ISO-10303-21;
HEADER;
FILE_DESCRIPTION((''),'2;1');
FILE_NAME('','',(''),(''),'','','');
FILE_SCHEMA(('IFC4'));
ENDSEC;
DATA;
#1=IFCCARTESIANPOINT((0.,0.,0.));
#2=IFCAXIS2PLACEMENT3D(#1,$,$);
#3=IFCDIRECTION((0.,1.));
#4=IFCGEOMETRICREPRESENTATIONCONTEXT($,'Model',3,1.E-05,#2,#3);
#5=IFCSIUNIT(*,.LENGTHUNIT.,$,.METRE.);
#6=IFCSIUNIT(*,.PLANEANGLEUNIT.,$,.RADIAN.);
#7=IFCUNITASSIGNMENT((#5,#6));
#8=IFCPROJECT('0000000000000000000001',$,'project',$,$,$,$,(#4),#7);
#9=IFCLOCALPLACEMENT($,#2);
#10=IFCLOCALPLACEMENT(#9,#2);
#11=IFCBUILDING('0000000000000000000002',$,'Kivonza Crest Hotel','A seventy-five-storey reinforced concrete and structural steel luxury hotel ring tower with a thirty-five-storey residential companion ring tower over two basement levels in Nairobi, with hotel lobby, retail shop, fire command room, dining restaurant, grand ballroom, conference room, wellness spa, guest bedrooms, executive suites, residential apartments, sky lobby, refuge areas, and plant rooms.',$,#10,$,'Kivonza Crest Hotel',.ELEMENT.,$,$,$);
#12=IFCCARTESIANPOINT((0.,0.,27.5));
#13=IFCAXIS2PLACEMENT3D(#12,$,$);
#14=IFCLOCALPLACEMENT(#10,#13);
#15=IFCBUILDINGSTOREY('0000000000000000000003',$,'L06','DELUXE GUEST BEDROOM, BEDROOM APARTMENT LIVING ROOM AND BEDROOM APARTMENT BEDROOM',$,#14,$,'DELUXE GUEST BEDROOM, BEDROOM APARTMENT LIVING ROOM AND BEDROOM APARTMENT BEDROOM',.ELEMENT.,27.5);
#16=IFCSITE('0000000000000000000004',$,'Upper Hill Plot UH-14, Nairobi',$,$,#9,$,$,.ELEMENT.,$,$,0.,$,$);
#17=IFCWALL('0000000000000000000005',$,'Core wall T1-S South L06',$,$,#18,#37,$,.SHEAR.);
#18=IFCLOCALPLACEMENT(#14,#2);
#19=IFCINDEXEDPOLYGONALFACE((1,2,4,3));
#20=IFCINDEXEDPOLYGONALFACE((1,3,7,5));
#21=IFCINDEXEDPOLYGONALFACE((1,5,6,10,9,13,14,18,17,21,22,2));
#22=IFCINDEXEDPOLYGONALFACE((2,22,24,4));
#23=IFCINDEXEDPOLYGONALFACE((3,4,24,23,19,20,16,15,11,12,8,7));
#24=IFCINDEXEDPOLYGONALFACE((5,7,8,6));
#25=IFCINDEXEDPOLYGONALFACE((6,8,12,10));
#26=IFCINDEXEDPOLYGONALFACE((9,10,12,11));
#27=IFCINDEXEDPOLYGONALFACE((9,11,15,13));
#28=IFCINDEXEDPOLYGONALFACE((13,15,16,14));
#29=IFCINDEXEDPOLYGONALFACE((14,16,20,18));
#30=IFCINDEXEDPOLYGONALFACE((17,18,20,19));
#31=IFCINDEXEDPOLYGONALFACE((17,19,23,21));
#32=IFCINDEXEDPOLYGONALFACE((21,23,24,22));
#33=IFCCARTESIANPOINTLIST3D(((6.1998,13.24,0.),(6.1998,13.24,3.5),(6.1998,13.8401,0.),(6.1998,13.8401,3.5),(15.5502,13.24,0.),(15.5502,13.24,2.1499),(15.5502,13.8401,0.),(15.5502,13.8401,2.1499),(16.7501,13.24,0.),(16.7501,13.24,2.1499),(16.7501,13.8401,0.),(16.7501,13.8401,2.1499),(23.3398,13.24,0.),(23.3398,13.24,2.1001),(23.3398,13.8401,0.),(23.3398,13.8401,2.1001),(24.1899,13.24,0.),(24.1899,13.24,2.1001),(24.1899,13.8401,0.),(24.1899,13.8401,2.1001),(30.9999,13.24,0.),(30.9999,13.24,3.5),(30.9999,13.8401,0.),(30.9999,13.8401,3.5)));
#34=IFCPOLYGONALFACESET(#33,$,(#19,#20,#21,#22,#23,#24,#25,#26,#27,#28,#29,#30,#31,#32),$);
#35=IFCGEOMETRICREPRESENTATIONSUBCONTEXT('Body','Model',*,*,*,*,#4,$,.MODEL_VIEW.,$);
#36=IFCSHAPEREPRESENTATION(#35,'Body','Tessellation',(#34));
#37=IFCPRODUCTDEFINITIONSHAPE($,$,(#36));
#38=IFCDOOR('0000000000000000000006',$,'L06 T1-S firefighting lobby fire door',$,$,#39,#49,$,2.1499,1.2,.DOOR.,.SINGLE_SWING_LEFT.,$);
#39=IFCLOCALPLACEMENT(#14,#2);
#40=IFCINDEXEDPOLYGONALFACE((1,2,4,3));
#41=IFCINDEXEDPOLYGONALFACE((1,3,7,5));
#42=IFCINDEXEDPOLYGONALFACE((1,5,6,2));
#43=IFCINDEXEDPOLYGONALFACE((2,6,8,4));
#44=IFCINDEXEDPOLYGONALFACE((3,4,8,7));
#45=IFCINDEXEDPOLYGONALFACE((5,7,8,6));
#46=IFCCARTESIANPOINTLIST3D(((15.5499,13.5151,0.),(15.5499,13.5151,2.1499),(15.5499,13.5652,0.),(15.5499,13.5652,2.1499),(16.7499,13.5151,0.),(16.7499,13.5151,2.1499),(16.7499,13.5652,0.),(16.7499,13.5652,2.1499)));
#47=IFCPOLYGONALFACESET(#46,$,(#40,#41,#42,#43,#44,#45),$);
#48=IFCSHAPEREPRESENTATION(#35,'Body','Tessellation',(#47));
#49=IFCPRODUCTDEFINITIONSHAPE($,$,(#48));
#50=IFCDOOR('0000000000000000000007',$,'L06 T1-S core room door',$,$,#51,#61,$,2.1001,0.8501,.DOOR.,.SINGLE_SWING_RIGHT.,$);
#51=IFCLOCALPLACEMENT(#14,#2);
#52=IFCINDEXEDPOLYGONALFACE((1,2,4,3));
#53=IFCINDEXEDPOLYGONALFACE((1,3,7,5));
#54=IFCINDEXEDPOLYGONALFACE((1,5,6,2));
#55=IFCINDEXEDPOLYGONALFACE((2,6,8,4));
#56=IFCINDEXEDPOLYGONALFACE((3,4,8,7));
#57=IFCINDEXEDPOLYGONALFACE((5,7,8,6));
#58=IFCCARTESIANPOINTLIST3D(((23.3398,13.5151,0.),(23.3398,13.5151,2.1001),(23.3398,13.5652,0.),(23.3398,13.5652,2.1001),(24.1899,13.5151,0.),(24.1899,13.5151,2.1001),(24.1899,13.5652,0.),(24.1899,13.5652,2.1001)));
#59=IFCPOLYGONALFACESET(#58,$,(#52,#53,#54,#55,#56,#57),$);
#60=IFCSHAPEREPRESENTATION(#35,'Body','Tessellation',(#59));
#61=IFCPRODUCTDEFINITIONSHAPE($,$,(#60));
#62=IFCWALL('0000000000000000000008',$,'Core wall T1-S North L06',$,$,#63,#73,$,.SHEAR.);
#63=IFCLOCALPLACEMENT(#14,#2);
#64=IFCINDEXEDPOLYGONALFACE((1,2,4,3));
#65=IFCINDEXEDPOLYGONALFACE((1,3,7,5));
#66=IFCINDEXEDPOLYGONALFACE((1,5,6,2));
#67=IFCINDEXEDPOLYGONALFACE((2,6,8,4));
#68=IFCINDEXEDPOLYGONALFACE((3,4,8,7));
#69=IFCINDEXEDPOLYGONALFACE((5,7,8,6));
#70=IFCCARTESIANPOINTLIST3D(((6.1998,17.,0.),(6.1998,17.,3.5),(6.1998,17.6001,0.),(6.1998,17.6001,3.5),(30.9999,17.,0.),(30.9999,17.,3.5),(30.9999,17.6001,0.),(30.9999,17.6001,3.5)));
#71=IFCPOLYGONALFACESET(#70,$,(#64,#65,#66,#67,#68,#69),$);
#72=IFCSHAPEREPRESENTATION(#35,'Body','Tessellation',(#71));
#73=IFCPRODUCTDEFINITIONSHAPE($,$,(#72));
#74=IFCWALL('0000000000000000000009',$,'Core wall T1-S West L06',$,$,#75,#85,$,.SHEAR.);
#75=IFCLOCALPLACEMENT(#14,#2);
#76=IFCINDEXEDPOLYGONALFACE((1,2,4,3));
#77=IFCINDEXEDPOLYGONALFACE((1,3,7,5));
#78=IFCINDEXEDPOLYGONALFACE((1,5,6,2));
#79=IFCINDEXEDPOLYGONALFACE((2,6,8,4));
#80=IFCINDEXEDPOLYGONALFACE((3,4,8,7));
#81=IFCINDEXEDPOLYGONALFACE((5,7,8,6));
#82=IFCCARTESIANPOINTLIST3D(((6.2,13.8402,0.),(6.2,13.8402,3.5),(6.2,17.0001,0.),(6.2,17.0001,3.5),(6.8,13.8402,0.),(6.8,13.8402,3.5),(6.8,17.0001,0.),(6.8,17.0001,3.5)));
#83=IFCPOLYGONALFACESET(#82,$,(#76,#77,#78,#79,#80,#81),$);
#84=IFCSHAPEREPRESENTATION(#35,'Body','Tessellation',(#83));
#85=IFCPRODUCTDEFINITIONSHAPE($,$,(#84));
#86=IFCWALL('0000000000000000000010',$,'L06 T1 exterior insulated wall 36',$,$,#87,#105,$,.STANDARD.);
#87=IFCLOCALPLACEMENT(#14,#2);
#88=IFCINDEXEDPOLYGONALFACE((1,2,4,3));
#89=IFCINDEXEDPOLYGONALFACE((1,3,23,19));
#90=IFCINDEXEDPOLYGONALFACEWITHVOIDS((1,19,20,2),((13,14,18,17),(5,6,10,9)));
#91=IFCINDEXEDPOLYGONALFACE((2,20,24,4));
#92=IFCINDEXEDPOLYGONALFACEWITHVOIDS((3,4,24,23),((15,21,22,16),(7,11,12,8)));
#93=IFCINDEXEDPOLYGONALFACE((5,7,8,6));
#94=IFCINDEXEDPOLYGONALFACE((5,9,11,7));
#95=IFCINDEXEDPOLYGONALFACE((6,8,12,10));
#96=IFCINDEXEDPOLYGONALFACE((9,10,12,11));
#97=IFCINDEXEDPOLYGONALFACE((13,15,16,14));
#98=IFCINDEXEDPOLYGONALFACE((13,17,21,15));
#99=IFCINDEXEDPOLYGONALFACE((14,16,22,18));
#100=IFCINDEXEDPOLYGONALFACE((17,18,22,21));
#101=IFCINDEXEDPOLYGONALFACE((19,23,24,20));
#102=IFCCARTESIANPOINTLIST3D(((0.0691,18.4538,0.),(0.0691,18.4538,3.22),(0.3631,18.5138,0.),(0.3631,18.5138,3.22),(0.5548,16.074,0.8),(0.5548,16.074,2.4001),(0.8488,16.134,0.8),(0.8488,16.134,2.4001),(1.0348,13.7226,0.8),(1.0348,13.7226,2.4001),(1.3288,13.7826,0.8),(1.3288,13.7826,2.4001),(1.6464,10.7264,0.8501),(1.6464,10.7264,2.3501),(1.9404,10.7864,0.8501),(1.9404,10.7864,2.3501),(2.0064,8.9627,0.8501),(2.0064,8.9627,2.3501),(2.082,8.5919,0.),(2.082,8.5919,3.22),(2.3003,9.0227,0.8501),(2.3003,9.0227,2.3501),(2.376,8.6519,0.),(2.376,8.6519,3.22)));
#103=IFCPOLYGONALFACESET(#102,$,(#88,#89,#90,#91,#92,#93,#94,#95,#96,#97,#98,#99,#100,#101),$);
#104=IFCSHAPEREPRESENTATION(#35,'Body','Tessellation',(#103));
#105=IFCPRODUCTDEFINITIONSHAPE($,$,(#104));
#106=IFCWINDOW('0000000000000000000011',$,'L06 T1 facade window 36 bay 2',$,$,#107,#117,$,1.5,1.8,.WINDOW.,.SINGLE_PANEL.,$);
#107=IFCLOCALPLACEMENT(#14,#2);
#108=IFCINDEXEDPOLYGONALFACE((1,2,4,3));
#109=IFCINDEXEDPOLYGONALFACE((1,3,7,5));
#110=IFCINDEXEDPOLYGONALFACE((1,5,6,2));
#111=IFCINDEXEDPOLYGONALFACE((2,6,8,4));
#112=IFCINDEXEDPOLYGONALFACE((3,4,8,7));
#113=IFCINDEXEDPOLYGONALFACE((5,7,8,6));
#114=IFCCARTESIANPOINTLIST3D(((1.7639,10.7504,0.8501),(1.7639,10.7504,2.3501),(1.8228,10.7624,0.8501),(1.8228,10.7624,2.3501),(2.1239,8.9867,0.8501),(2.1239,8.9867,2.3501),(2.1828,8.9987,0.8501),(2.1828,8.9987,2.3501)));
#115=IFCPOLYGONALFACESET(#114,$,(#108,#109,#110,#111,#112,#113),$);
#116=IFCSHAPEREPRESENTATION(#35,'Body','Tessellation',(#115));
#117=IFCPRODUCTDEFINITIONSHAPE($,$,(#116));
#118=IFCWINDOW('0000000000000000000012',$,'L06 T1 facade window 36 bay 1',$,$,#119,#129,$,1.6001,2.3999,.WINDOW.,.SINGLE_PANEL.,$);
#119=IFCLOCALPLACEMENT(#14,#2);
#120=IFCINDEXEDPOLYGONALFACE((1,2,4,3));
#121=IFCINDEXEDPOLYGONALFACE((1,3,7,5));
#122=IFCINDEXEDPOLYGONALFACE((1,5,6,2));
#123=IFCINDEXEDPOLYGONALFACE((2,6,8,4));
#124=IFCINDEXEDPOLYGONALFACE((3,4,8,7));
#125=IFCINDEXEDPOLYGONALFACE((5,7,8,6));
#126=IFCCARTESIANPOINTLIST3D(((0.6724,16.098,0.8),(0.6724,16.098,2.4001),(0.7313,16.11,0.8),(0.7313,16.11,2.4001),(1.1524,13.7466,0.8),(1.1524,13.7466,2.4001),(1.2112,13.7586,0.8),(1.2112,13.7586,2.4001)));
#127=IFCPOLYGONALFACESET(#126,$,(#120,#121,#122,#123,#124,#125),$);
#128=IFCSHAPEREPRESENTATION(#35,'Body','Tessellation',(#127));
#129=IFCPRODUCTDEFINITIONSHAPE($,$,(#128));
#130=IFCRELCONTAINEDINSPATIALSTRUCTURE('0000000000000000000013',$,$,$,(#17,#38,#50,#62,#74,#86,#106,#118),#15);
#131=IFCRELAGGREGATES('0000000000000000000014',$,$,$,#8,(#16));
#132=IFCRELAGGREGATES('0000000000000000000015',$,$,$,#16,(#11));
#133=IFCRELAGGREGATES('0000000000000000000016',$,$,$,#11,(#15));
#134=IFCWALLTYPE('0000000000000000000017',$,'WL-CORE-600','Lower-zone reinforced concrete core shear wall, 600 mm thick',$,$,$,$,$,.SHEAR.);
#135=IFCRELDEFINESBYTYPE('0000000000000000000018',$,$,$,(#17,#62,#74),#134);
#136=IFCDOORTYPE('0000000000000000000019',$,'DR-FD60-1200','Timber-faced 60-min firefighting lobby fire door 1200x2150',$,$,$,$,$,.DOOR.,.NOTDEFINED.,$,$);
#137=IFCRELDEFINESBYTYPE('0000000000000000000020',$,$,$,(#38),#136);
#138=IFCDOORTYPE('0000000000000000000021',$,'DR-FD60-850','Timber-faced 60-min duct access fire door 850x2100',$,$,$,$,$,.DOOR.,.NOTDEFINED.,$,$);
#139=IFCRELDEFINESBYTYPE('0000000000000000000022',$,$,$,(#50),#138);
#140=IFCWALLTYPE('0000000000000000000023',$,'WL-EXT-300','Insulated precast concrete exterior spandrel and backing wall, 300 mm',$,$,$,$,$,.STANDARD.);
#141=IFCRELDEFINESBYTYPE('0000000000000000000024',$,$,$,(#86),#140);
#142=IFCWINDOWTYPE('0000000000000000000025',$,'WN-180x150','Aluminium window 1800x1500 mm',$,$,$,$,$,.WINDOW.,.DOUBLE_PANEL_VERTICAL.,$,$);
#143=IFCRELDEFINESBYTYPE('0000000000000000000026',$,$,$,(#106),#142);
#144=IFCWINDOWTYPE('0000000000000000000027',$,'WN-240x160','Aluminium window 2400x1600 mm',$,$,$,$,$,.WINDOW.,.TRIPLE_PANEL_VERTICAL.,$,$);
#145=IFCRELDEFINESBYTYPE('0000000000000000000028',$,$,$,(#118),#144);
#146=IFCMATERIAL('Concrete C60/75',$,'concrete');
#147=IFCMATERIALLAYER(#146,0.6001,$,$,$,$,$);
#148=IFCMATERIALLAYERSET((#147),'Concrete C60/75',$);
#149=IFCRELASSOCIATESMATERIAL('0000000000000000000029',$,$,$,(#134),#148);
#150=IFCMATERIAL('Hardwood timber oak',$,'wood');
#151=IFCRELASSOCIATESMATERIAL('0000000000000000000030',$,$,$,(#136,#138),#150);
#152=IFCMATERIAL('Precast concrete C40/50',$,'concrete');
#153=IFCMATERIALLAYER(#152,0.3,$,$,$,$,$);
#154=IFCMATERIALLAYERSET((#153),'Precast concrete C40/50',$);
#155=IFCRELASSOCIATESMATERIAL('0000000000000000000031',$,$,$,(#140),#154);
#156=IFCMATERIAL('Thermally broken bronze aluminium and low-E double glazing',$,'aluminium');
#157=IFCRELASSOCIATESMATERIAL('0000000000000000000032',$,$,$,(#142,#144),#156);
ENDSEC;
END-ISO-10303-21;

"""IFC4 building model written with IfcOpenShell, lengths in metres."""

from ifc_helpers import new_model, si_unit, direction, frame, frame_2d, origin, place, context, subcontext, project, spatial, rectangle, extrude, material, layer, layer_set, type_object, element, fill, save


model = new_model("IFC4")

# Units and contexts
model_context = context("Model", 3, precision=1e-05, world=origin(), true_north=direction((0.0, 1.0)))
body_context = subcontext(model_context, "Body", "Model", "MODEL_VIEW")
ifc_project = project(units=[si_unit("LENGTHUNIT", "METRE"), si_unit("PLANEANGLEUNIT", "RADIAN")], contexts=[model_context])

# Site, building, storey
site_placement = place(None, origin())
site = spatial("IfcSite", under=ifc_project, at=site_placement, Name="Upper Hill Plot UH-14, Nairobi", CompositionType="ELEMENT", RefElevation=0.0)
building_placement = place(site_placement, origin())
building = spatial("IfcBuilding", under=site, at=building_placement, Name="Kivonza Crest Hotel", Description="A seventy-five-storey reinforced concrete and structural steel luxury hotel ring tower with a thirty-five-storey residential companion ring tower over two basement levels in Nairobi, with hotel lobby, retail shop, fire command room, dining restaurant, grand ballroom, conference room, wellness spa, guest bedrooms, executive suites, residential apartments, sky lobby, refuge areas, and plant rooms.", LongName="Kivonza Crest Hotel", CompositionType="ELEMENT")
storey_placement = place(building_placement, frame((0.0, 0.0, 27.5)))
storey = spatial("IfcBuildingStorey", under=building, at=storey_placement, Name="L06", Description="DELUXE GUEST BEDROOM, BEDROOM APARTMENT LIVING ROOM AND BEDROOM APARTMENT BEDROOM", LongName="DELUXE GUEST BEDROOM, BEDROOM APARTMENT LIVING ROOM AND BEDROOM APARTMENT BEDROOM", CompositionType="ELEMENT", Elevation=27.5)

# Shared definitions
ifc_material_1 = material(Name="Concrete C60/75", Category="concrete")

# Shared definitions
ifc_material_2 = material(Name="Hardwood timber oak", Category="wood")

# Wall, openings, doors
ifc_layer_1 = layer(ifc_material_1, 0.6001)
ifc_layer_set_1 = layer_set([ifc_layer_1], Name="Concrete C60/75")
wall_type_1 = type_object("IfcWallType", Name="WL-CORE-600", Description="Lower-zone reinforced concrete core shear wall, 600 mm thick", PredefinedType="SHEAR", material=ifc_layer_set_1)
wall_1_placement = place(storey_placement, frame((6.2, 13.54, 0.0), z_axis=(0.0, 0.0, 1.0), x_axis=(1.0, 0.0, 0.0)))
wall_1 = element("IfcWall", 1, at=wall_1_placement, inside=storey, type_object=wall_type_1, Name="Core wall T1-S South L06", PredefinedType="SHEAR", context=body_context, shape_type="SweptSolid", body=[
    extrude(rectangle(XDim=24.8, YDim=0.6001, at=frame_2d((12.3999, 0.0))), origin(), (0.0, 0.0, 1.0), 3.5),
])
opening_1_placement = place(wall_1_placement, frame((9.3501, 0.0, 0.0)))
opening_1 = element("IfcOpeningElement", 2, at=opening_1_placement, cuts=wall_1, PredefinedType="OPENING", context=body_context, shape_type="SweptSolid", body=[
    extrude(rectangle(XDim=1.2, YDim=2.1499, at=frame_2d((0.6001, 1.075))), frame((0.0, 0.3101, 0.0), z_axis=(0.0, -1.0, 0.0), x_axis=(1.0, 0.0, 0.0)), (0.0, 0.0, 1.0), 0.6201),
])
opening_2_placement = place(wall_1_placement, frame((17.1399, 0.0, 0.0)))
opening_2 = element("IfcOpeningElement", 3, at=opening_2_placement, cuts=wall_1, PredefinedType="OPENING", context=body_context, shape_type="SweptSolid", body=[
    extrude(rectangle(XDim=0.8501, YDim=2.1001, at=frame_2d((0.425, 1.05))), frame((0.0, 0.3101, 0.0), z_axis=(0.0, -1.0, 0.0), x_axis=(1.0, 0.0, 0.0)), (0.0, 0.0, 1.0), 0.6201),
])
door_type_1 = type_object("IfcDoorType", Name="DR-FD60-1200", Description="Timber-faced 60-min firefighting lobby fire door 1200x2150", OperationType="NOTDEFINED", PredefinedType="DOOR", material=ifc_material_2)
door_1_placement = place(opening_1_placement, frame((1.2, 0.0, 0.0), z_axis=(0.0, 0.0, 1.0), x_axis=(-1.0, 0.0, 0.0)))
door_1 = element("IfcDoor", 4, at=door_1_placement, inside=storey, type_object=door_type_1, Name="L06 T1-S firefighting lobby fire door", OperationType="SINGLE_SWING_LEFT", OverallHeight=2.1499, OverallWidth=1.2, PredefinedType="DOOR", context=body_context, shape_type="SweptSolid", body=[
    extrude(rectangle(XDim=1.2, YDim=2.1499, at=frame_2d((0.6001, 1.075))), frame((0.0, 0.0249, 0.0), z_axis=(0.0, -1.0, 0.0), x_axis=(1.0, 0.0, 0.0)), (0.0, 0.0, 1.0), 0.05),
])
fill(opening_1, door_1)
door_type_2 = type_object("IfcDoorType", Name="DR-FD60-850", Description="Timber-faced 60-min duct access fire door 850x2100", OperationType="NOTDEFINED", PredefinedType="DOOR", material=ifc_material_2)
door_2_placement = place(opening_2_placement, frame((0.8501, 0.0, 0.0), z_axis=(0.0, 0.0, 1.0), x_axis=(-1.0, 0.0, 0.0)))
door_2 = element("IfcDoor", 5, at=door_2_placement, inside=storey, type_object=door_type_2, Name="L06 T1-S core room door", OperationType="SINGLE_SWING_RIGHT", OverallHeight=2.1001, OverallWidth=0.8501, PredefinedType="DOOR", context=body_context, shape_type="SweptSolid", body=[
    extrude(rectangle(XDim=0.8501, YDim=2.1001, at=frame_2d((0.425, 1.05))), frame((0.0, 0.0249, 0.0), z_axis=(0.0, -1.0, 0.0), x_axis=(1.0, 0.0, 0.0)), (0.0, 0.0, 1.0), 0.05),
])
fill(opening_2, door_2)

# Walls
wall_2_placement = place(storey_placement, frame((6.2, 17.3, 0.0), z_axis=(0.0, 0.0, 1.0), x_axis=(1.0, 0.0, 0.0)))
element("IfcWall", 6, at=wall_2_placement, inside=storey, type_object=wall_type_1, Name="Core wall T1-S North L06", PredefinedType="SHEAR", context=body_context, shape_type="SweptSolid", body=[
    extrude(rectangle(XDim=24.8, YDim=0.6001, at=frame_2d((12.3999, 0.0))), origin(), (0.0, 0.0, 1.0), 3.5),
])
wall_3_placement = place(storey_placement, frame((6.5, 13.8401, 0.0), z_axis=(0.0, 0.0, 1.0), x_axis=(0.0, 1.0, 0.0)))
element("IfcWall", 7, at=wall_3_placement, inside=storey, type_object=wall_type_1, Name="Core wall T1-S West L06", PredefinedType="SHEAR", context=body_context, shape_type="SweptSolid", body=[
    extrude(rectangle(XDim=3.1599, YDim=0.6001, at=frame_2d((1.5801, 0.0))), origin(), (0.0, 0.0, 1.0), 3.5),
])

# Wall, openings, windows
ifc_material_3 = material(Name="Precast concrete C40/50", Category="concrete")
ifc_layer_2 = layer(ifc_material_3, 0.3)
ifc_layer_set_2 = layer_set([ifc_layer_2], Name="Precast concrete C40/50")
wall_type_2 = type_object("IfcWallType", Name="WL-EXT-300", Description="Insulated precast concrete exterior spandrel and backing wall, 300 mm", PredefinedType="STANDARD", material=ifc_layer_set_2)
wall_4_placement = place(storey_placement, frame((0.2161, 18.4839, 0.0), z_axis=(0.0, 0.0, 1.0), x_axis=(0.199991, -0.979798, 0.0)))
wall_4 = element("IfcWall", 8, at=wall_4_placement, inside=storey, type_object=wall_type_2, Name="L06 T1 exterior insulated wall 36", PredefinedType="STANDARD", context=body_context, shape_type="SweptSolid", body=[
    extrude(rectangle(XDim=10.0652, YDim=0.3, at=frame_2d((5.0327, 0.0))), origin(), (0.0, 0.0, 1.0), 3.22),
])
opening_3_placement = place(wall_4_placement, frame((2.429, 0.0, 0.8)))
opening_3 = element("IfcOpeningElement", 9, at=opening_3_placement, cuts=wall_4, PredefinedType="OPENING", context=body_context, shape_type="SweptSolid", body=[
    extrude(rectangle(XDim=2.3999, YDim=1.6001, at=frame_2d((1.2, 0.8))), frame((0.0, 0.1602, 0.0), z_axis=(0.0, -1.0, 0.0), x_axis=(1.0, 0.0, 0.0)), (0.0, 0.0, 1.0), 0.3201),
])
opening_4_placement = place(wall_4_placement, frame((7.887, 0.0, 0.8501)))
opening_4 = element("IfcOpeningElement", 10, at=opening_4_placement, cuts=wall_4, PredefinedType="OPENING", context=body_context, shape_type="SweptSolid", body=[
    extrude(rectangle(XDim=1.8, YDim=1.5, at=frame_2d((0.8999, 0.75))), frame((0.0, 0.1602, 0.0), z_axis=(0.0, -1.0, 0.0), x_axis=(1.0, 0.0, 0.0)), (0.0, 0.0, 1.0), 0.3201),
])
ifc_material_4 = material(Name="Thermally broken bronze aluminium and low-E double glazing", Category="aluminium")
window_type_1 = type_object("IfcWindowType", Name="WN-180x150", Description="Aluminium window 1800x1500 mm", PartitioningType="DOUBLE_PANEL_VERTICAL", PredefinedType="WINDOW", material=ifc_material_4)
window_1_placement = place(opening_4_placement, origin())
window_1 = element("IfcWindow", 11, at=window_1_placement, inside=storey, type_object=window_type_1, Name="L06 T1 facade window 36 bay 2", OverallHeight=1.5, OverallWidth=1.8, PartitioningType="SINGLE_PANEL", PredefinedType="WINDOW", context=body_context, shape_type="SweptSolid", body=[
    extrude(rectangle(XDim=1.8, YDim=1.5, at=frame_2d((0.8999, 0.75))), frame((0.0, 0.03, 0.0), z_axis=(0.0, -1.0, 0.0), x_axis=(1.0, 0.0, 0.0)), (0.0, 0.0, 1.0), 0.0601),
])
fill(opening_4, window_1)
window_type_2 = type_object("IfcWindowType", Name="WN-240x160", Description="Aluminium window 2400x1600 mm", PartitioningType="TRIPLE_PANEL_VERTICAL", PredefinedType="WINDOW", material=ifc_material_4)
window_2_placement = place(opening_3_placement, origin())
window_2 = element("IfcWindow", 12, at=window_2_placement, inside=storey, type_object=window_type_2, Name="L06 T1 facade window 36 bay 1", OverallHeight=1.6001, OverallWidth=2.3999, PartitioningType="SINGLE_PANEL", PredefinedType="WINDOW", context=body_context, shape_type="SweptSolid", body=[
    extrude(rectangle(XDim=2.3999, YDim=1.6001, at=frame_2d((1.2, 0.8))), frame((0.0, 0.03, 0.0), z_axis=(0.0, -1.0, 0.0), x_axis=(1.0, 0.0, 0.0)), (0.0, 0.0, 1.0), 0.0601),
])
fill(opening_3, window_2)

save(model, "model.ifc")
